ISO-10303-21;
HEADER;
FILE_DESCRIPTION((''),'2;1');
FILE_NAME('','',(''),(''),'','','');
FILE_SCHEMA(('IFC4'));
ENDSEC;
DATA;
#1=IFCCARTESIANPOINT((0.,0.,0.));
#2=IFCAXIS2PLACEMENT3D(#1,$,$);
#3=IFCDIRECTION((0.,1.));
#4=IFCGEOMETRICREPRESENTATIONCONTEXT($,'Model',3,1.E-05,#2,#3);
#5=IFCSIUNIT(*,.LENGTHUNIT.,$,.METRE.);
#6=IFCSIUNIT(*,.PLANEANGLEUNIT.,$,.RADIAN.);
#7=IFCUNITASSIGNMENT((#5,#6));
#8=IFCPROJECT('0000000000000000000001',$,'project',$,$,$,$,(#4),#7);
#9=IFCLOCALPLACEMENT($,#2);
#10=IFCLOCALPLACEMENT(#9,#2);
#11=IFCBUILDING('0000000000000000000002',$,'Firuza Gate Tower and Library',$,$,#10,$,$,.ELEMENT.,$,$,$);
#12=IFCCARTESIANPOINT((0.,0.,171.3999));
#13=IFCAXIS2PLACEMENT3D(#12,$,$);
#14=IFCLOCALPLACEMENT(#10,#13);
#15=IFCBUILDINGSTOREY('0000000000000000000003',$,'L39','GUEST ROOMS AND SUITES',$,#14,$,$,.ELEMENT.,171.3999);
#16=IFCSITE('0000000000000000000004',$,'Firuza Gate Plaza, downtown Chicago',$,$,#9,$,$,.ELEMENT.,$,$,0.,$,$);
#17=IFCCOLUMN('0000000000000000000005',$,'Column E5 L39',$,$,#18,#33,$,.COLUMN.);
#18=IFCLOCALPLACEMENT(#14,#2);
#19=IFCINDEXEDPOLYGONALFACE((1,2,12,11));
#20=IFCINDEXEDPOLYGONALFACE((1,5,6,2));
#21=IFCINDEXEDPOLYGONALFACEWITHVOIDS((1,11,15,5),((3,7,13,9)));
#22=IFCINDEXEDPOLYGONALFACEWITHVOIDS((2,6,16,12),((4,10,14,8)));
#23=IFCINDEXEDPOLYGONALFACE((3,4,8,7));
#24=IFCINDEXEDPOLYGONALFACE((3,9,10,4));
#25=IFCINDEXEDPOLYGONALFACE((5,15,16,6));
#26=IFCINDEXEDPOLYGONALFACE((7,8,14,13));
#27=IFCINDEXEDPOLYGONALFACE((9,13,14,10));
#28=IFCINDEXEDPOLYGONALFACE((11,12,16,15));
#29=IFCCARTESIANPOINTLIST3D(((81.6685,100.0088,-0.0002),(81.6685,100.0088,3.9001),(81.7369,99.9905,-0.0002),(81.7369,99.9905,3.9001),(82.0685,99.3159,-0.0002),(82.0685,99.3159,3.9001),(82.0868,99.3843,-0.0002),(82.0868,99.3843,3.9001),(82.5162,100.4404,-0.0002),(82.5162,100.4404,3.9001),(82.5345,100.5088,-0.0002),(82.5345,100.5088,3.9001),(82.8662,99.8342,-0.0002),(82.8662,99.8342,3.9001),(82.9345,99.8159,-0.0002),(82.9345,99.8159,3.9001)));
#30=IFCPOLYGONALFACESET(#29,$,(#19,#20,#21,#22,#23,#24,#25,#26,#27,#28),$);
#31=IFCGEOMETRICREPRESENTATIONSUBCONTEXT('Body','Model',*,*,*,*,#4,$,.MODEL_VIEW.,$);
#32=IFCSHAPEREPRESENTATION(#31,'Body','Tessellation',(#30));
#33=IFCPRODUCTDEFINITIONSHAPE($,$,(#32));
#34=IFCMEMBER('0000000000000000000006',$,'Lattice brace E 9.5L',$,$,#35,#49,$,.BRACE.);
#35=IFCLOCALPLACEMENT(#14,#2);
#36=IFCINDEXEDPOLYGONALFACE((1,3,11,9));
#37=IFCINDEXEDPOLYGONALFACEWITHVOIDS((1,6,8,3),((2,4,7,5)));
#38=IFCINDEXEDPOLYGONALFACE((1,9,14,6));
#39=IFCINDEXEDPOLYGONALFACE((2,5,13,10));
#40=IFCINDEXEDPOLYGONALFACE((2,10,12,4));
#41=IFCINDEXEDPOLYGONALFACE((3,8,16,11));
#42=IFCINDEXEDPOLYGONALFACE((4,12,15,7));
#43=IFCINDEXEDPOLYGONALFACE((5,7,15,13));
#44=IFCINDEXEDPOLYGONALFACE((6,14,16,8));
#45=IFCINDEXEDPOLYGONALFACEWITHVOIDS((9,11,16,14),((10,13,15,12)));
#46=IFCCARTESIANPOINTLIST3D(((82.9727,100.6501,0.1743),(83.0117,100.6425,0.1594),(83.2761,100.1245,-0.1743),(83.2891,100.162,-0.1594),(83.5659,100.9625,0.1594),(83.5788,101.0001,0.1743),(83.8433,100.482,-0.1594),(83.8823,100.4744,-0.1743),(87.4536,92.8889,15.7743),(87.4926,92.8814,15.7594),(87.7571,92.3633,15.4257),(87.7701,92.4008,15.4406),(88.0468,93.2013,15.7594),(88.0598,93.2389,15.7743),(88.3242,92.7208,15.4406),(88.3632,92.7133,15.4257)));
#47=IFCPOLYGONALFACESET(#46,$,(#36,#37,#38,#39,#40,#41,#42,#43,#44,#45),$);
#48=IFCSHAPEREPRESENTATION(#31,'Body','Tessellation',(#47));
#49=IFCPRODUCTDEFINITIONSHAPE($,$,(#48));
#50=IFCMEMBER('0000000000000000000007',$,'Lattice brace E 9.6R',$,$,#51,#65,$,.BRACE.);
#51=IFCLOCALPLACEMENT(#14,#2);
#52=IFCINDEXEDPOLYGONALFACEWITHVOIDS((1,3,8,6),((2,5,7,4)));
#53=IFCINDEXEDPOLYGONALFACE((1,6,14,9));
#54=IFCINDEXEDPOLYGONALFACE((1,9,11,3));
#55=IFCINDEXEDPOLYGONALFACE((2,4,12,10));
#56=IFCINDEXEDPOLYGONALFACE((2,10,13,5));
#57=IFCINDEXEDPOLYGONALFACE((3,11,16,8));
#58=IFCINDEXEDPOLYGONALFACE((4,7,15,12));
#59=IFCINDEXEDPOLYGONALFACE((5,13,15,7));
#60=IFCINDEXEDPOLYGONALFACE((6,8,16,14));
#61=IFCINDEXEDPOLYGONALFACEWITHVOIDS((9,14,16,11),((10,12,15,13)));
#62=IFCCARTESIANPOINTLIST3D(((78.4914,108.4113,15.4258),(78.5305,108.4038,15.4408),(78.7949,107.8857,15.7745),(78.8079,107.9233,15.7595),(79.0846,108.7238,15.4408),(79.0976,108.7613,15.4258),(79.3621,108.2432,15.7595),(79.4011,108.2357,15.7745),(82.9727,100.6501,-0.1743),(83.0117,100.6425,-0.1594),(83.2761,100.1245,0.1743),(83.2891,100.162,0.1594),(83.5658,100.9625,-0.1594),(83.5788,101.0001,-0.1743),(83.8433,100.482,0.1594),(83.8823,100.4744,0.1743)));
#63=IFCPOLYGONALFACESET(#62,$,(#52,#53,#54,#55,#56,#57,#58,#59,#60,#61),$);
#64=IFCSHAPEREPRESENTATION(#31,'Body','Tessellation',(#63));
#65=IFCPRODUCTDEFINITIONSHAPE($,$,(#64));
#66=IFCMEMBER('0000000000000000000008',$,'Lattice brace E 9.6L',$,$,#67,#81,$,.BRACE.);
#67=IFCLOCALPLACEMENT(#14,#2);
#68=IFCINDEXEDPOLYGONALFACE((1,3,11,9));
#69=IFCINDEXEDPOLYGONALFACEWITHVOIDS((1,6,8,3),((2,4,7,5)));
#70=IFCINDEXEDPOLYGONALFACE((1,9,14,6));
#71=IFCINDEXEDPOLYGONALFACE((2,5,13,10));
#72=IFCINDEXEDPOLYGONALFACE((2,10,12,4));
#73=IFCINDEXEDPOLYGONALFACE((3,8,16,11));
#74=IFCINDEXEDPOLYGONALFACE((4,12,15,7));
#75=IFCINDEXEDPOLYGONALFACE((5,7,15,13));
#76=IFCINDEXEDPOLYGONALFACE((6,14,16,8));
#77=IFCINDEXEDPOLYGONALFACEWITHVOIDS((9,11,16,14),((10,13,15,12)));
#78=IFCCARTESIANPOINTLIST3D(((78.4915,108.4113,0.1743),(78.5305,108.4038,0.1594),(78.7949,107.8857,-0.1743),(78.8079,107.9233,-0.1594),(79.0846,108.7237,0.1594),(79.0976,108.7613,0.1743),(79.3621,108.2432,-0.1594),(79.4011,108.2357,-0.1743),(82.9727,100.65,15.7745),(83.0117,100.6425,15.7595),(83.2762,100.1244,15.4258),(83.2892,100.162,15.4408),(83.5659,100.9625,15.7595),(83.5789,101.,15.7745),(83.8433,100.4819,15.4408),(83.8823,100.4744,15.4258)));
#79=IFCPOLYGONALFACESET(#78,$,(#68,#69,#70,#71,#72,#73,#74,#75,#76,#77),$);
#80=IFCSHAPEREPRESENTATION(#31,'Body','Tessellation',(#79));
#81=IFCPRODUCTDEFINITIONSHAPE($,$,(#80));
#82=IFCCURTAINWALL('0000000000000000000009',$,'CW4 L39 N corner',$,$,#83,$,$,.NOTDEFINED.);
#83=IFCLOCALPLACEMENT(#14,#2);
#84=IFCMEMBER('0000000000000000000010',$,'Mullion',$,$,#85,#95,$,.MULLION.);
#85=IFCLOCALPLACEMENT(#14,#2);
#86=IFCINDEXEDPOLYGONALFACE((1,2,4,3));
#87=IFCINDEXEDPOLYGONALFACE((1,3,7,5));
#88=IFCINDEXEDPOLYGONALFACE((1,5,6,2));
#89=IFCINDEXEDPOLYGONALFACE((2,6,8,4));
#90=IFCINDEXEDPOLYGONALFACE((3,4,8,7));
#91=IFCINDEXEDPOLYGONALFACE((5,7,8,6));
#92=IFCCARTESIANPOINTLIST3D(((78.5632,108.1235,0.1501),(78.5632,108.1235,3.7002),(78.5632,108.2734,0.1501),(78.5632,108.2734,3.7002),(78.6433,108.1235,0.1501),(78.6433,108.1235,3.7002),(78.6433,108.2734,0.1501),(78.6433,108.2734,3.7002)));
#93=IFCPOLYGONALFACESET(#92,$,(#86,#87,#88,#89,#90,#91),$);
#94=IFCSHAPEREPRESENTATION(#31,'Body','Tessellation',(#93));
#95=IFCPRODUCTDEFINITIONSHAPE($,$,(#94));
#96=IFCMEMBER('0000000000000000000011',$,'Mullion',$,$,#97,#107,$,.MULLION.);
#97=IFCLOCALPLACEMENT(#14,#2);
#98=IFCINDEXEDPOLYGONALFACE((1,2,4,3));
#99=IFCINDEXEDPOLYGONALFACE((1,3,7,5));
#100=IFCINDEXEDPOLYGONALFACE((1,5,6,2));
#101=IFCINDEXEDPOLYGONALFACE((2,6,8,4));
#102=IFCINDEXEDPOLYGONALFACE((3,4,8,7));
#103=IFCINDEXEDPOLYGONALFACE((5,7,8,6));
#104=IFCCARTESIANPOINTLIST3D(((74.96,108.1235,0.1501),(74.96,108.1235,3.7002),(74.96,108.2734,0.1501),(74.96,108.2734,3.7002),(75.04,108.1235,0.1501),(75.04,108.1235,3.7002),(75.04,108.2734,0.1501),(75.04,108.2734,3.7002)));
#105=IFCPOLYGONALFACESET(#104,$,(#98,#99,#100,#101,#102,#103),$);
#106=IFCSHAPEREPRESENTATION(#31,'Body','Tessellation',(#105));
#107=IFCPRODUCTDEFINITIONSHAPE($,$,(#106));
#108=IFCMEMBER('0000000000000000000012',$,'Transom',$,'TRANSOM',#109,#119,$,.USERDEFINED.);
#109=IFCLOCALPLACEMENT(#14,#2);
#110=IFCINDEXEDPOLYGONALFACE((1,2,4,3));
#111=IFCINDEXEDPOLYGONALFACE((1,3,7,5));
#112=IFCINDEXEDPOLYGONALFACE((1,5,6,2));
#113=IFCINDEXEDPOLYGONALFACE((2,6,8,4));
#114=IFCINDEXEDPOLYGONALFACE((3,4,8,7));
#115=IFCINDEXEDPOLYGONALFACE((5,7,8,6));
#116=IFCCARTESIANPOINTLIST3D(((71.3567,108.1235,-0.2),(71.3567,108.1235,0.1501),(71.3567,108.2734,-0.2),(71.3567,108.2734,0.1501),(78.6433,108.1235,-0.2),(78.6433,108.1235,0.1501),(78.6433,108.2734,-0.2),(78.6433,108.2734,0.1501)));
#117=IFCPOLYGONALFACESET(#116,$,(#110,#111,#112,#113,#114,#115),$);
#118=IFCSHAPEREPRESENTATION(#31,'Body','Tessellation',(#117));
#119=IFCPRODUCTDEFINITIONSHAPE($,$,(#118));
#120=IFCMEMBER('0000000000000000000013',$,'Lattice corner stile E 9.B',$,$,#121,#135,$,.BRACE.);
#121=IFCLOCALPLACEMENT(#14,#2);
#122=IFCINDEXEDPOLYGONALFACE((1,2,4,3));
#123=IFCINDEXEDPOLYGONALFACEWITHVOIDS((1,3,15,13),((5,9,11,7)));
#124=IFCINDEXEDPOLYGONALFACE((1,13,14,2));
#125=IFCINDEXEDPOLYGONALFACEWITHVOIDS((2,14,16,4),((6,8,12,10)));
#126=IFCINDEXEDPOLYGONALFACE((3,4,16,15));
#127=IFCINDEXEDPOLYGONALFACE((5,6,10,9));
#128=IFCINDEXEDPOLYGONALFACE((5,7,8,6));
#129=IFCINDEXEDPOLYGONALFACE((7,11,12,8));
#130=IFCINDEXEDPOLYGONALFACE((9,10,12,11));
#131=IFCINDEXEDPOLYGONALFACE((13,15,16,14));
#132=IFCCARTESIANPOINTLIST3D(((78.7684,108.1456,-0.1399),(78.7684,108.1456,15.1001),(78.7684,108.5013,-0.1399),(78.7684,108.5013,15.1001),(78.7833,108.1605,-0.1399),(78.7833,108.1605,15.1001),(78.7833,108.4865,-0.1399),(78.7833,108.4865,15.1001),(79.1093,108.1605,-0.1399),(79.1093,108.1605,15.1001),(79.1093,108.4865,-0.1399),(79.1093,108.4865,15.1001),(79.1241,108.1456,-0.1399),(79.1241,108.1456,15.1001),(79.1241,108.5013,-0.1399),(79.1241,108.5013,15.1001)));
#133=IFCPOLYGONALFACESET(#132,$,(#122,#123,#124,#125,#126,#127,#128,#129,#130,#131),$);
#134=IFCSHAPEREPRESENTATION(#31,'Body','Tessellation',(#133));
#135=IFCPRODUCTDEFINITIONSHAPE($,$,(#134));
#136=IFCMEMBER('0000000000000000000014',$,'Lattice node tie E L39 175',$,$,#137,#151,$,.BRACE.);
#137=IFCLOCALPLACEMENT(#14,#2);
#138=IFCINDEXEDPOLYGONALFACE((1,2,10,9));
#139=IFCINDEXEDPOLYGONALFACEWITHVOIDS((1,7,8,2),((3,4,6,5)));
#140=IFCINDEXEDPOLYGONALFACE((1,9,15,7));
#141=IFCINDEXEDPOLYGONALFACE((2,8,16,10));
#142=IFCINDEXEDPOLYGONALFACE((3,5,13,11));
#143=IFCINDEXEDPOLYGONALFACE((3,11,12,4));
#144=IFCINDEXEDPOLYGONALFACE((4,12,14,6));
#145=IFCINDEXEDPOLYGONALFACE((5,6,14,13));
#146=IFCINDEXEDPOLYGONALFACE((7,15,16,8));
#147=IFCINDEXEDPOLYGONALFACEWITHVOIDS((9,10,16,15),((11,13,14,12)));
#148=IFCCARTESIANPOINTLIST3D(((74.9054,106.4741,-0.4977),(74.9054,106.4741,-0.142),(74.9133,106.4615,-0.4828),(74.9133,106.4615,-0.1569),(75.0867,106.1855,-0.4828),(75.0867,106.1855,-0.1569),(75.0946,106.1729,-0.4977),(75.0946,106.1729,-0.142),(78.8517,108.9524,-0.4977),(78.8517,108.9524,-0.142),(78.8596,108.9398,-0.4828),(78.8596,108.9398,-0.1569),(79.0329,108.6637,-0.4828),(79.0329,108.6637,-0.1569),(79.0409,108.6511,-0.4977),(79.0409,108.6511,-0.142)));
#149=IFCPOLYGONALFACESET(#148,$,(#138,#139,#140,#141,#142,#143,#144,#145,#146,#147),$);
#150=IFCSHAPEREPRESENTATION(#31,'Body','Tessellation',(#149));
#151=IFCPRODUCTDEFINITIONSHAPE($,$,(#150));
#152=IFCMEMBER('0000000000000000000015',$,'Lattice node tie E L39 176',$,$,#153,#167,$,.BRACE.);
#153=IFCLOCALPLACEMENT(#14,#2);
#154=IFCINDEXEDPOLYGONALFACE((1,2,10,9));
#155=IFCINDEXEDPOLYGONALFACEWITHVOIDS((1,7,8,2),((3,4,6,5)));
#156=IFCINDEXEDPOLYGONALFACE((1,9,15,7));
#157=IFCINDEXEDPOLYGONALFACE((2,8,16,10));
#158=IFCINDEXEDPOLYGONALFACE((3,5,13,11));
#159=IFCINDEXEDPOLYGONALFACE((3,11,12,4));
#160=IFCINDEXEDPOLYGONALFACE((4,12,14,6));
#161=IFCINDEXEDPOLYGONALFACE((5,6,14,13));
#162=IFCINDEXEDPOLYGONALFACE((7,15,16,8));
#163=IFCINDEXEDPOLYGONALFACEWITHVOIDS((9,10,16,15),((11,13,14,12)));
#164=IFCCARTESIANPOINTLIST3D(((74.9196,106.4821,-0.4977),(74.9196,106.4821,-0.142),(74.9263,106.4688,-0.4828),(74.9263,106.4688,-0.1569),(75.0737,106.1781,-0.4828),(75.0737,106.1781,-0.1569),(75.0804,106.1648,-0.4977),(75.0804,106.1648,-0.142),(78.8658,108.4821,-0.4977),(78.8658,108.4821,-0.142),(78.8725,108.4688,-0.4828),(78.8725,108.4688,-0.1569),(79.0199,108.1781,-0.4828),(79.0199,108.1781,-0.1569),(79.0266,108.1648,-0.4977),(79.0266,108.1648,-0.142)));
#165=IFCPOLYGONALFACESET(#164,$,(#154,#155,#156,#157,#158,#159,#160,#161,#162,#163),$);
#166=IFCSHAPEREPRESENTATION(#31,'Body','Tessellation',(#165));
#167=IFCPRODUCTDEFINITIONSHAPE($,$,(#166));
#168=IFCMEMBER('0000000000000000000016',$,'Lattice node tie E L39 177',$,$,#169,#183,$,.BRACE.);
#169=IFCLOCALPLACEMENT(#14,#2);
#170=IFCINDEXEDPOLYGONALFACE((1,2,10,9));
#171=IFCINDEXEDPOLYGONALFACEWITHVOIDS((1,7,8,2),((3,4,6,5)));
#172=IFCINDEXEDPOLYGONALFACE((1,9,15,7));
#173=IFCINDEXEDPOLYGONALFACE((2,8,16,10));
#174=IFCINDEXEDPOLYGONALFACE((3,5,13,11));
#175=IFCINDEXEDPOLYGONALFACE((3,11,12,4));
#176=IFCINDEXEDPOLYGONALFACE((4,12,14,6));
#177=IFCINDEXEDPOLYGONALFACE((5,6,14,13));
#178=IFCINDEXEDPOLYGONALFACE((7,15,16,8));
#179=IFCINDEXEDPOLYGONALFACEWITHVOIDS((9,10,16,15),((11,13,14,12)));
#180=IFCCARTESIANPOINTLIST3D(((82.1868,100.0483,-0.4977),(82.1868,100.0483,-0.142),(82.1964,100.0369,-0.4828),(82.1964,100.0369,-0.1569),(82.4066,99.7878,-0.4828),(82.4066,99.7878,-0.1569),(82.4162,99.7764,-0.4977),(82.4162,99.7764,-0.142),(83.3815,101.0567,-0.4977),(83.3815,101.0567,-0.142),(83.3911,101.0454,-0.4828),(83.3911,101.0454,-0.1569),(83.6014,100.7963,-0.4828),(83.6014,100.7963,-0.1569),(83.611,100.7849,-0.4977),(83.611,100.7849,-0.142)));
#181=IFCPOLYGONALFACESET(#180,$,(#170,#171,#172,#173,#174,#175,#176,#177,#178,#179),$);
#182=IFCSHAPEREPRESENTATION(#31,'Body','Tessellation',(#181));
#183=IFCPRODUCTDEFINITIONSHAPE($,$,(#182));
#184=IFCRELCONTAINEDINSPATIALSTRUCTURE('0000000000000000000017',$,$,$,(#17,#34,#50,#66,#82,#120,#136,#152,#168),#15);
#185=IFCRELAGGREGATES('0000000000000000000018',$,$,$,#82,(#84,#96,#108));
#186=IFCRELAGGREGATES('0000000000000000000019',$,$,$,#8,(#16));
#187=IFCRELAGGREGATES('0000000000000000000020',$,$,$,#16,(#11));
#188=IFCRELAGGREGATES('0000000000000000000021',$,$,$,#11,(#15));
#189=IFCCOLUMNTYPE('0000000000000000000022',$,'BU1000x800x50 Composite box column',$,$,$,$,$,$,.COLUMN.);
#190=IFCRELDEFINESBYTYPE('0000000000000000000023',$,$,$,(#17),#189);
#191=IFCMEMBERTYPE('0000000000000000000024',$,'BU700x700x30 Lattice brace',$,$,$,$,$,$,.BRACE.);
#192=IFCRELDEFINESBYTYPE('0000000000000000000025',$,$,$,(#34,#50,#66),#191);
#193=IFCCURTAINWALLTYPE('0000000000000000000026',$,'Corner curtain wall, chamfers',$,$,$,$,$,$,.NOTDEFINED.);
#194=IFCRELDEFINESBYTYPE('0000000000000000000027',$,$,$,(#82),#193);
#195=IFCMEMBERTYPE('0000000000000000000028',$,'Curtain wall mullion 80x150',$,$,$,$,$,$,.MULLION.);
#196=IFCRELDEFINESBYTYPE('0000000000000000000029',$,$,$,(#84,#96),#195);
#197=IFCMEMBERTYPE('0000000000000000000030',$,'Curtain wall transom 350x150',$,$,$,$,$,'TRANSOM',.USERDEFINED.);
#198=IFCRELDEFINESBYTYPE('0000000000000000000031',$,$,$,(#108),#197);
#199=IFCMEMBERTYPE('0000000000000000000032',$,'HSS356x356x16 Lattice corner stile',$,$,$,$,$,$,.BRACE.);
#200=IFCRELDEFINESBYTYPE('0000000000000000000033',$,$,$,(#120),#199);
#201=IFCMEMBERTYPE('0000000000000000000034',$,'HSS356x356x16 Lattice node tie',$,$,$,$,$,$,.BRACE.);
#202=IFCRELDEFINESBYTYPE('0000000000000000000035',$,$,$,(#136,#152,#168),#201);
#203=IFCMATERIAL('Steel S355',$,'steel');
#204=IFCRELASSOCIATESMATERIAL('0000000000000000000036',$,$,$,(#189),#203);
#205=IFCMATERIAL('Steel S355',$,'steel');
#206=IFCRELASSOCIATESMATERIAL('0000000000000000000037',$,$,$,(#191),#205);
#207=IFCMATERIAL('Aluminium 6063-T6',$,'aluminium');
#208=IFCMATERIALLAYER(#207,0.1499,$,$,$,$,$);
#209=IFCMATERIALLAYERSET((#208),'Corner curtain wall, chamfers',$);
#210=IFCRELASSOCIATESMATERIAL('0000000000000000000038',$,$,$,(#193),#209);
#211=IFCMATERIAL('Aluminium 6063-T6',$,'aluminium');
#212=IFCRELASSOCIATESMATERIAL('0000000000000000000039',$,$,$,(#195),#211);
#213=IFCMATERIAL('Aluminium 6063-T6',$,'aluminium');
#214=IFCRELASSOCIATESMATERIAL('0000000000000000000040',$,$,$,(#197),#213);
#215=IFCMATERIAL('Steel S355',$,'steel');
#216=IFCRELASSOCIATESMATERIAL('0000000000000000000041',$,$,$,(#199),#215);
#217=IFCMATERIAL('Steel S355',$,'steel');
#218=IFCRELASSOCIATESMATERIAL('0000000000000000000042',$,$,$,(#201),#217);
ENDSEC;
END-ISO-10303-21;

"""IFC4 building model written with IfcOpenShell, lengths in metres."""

from ifc_helpers import new_model, si_unit, direction, frame, origin, origin_2d, place, context, subcontext, project, spatial, rectangle, hollow_rectangle, extrude, material, layer, layer_set, material_profile, profile_set, type_object, element, aggregate, save


model = new_model("IFC4")

# Units and contexts
model_context = context("Model", 3, precision=1e-05, world=origin(), true_north=direction((0.0, 1.0)))
body_context = subcontext(model_context, "Body", "Model", "MODEL_VIEW")
ifc_project = project(units=[si_unit("LENGTHUNIT", "METRE"), si_unit("PLANEANGLEUNIT", "RADIAN")], contexts=[model_context])

# Site, building, storey
site_placement = place(None, origin())
site = spatial("IfcSite", under=ifc_project, at=site_placement, Name="Firuza Gate Plaza, downtown Chicago", CompositionType="ELEMENT", RefElevation=0.0)
building_placement = place(site_placement, origin())
building = spatial("IfcBuilding", under=site, at=building_placement, Name="Firuza Gate Tower and Library", CompositionType="ELEMENT")
storey_placement = place(building_placement, frame((0.0, 0.0, 171.3999)))
storey = spatial("IfcBuildingStorey", under=building, at=storey_placement, Name="L39", Description="GUEST ROOMS AND SUITES", CompositionType="ELEMENT", Elevation=171.3999)

# Column
ifc_material_1 = material(Name="Steel S355", Category="steel")
ifc_material_profile_1 = material_profile(ifc_material_1, hollow_rectangle(XDim=0.8, YDim=1.0, WallThickness=0.05, at=origin_2d()))
ifc_profile_set_1 = profile_set([ifc_material_profile_1], Name="Steel S355")
column_type = type_object("IfcColumnType", Name="BU1000x800x50 Composite box column", PredefinedType="COLUMN", material=ifc_profile_set_1)
column_placement = place(storey_placement, frame((82.3015, 99.9124, -0.0002), z_axis=(0.0, 0.0, 1.0), x_axis=(-0.5, 0.866025, 0.0)))
element("IfcColumn", 1, at=column_placement, inside=storey, type_object=column_type, Name="Column E5 L39", PredefinedType="COLUMN", context=body_context, shape_type="SweptSolid", body=[
    extrude(hollow_rectangle(XDim=0.8, YDim=1.0, WallThickness=0.05, at=origin_2d()), origin(), (0.0, 0.0, 1.0), 3.9004),
])

# Members
ifc_material_2 = material(Name="Steel S355", Category="steel")
ifc_material_profile_2 = material_profile(ifc_material_2, hollow_rectangle(XDim=0.7, YDim=0.7, WallThickness=0.03, at=origin_2d()))
ifc_profile_set_2 = profile_set([ifc_material_profile_2], Name="Steel S355")
member_type_1 = type_object("IfcMemberType", Name="BU700x700x30 Lattice brace", PredefinedType="BRACE", material=ifc_profile_set_2)
member_1_placement = place(storey_placement, frame((83.4275, 100.5623, 0.0), z_axis=(0.249066, -0.431393, 0.867102), x_axis=(0.866025, 0.500001, 0.0)))
element("IfcMember", 2, at=member_1_placement, inside=storey, type_object=member_type_1, Name="Lattice brace E 9.5L", PredefinedType="BRACE", context=body_context, shape_type="SweptSolid", body=[
    extrude(hollow_rectangle(XDim=0.7, YDim=0.7, WallThickness=0.03, at=origin_2d()), origin(), (0.0, 0.0, 1.0), 17.991),
])
for number, where, z_axis, x_axis, name in (
    (3, (83.4275, 100.5623, 0.0), (-0.249078, 0.431392, 0.867099), (-0.866013, -0.500021, 0.0), "Lattice brace E 9.6R"),
    (4, (78.9463, 108.3235, 0.0), (0.249078, -0.431392, 0.867099), (0.866013, 0.500021, 0.0), "Lattice brace E 9.6L"),
):
    element("IfcMember", number, at=place(storey_placement, frame(where, z_axis=z_axis, x_axis=x_axis)), inside=storey, type_object=member_type_1, Name=name, PredefinedType="BRACE", context=body_context, shape_type="SweptSolid", body=[
        extrude(hollow_rectangle(XDim=0.7, YDim=0.7, WallThickness=0.03, at=origin_2d()), origin(), (0.0, 0.0, 1.0), 17.9912),
    ])

# Curtain wall, members
ifc_material_3 = material(Name="Aluminium 6063-T6", Category="aluminium")
ifc_layer_1 = layer(ifc_material_3, 0.1499)
ifc_layer_set_1 = layer_set([ifc_layer_1], Name="Corner curtain wall, chamfers")
curtain_wall_type = type_object("IfcCurtainWallType", Name="Corner curtain wall, chamfers", PredefinedType="NOTDEFINED", material=ifc_layer_set_1)
curtain_wall_placement = place(storey_placement, origin())
curtain_wall = element("IfcCurtainWall", 5, at=curtain_wall_placement, inside=storey, type_object=curtain_wall_type, Name="CW4 L39 N corner", PredefinedType="NOTDEFINED")
ifc_material_4 = material(Name="Aluminium 6063-T6", Category="aluminium")
ifc_material_profile_3 = material_profile(ifc_material_4, rectangle(XDim=0.1499, YDim=0.0801, at=origin_2d()))
ifc_profile_set_3 = profile_set([ifc_material_profile_3], Name="Aluminium 6063-T6")
member_type_2 = type_object("IfcMemberType", Name="Curtain wall mullion 80x150", PredefinedType="MULLION", material=ifc_profile_set_3)
member_2_placement = place(storey_placement, frame((78.6033, 108.1985, 0.1501), z_axis=(0.0, 0.0, 1.0), x_axis=(0.0, -1.0, 0.0)))
member_2 = element("IfcMember", 6, at=member_2_placement, type_object=member_type_2, Name="Mullion", PredefinedType="MULLION", context=body_context, shape_type="SweptSolid", body=[
    extrude(rectangle(XDim=0.1499, YDim=0.0801, at=origin_2d()), origin(), (0.0, 0.0, 1.0), 3.55),
])
member_3_placement = place(storey_placement, frame((75.0, 108.1985, 0.1501), z_axis=(0.0, 0.0, 1.0), x_axis=(0.0, -1.0, 0.0)))
member_3 = element("IfcMember", 7, at=member_3_placement, type_object=member_type_2, Name="Mullion", PredefinedType="MULLION", context=body_context, shape_type="SweptSolid", body=[
    extrude(rectangle(XDim=0.1499, YDim=0.0801, at=origin_2d()), origin(), (0.0, 0.0, 1.0), 3.55),
])
ifc_material_5 = material(Name="Aluminium 6063-T6", Category="aluminium")
ifc_material_profile_4 = material_profile(ifc_material_5, rectangle(XDim=0.1499, YDim=0.3501, at=origin_2d()))
ifc_profile_set_4 = profile_set([ifc_material_profile_4], Name="Aluminium 6063-T6")
member_type_3 = type_object("IfcMemberType", Name="Curtain wall transom 350x150", ElementType="TRANSOM", PredefinedType="USERDEFINED", material=ifc_profile_set_4)
member_4_placement = place(storey_placement, frame((78.6433, 108.1985, -0.0249), z_axis=(-1.0, 0.0, 0.0), x_axis=(0.0, -1.0, 0.0)))
member_4 = element("IfcMember", 8, at=member_4_placement, type_object=member_type_3, Name="Transom", ObjectType="TRANSOM", PredefinedType="USERDEFINED", context=body_context, shape_type="SweptSolid", body=[
    extrude(rectangle(XDim=0.1499, YDim=0.3501, at=origin_2d()), origin(), (0.0, 0.0, 1.0), 7.2866),
])

# Members
ifc_material_6 = material(Name="Steel S355", Category="steel")
ifc_material_profile_5 = material_profile(ifc_material_6, hollow_rectangle(XDim=0.3557, YDim=0.3557, WallThickness=0.0149, at=origin_2d()))
ifc_profile_set_5 = profile_set([ifc_material_profile_5], Name="Steel S355")
member_type_4 = type_object("IfcMemberType", Name="HSS356x356x16 Lattice corner stile", PredefinedType="BRACE", material=ifc_profile_set_5)
member_5_placement = place(storey_placement, frame((78.9463, 108.3235, -0.1399), z_axis=(0.0, 0.0, 1.0), x_axis=(1.0, 0.0, 0.0)))
element("IfcMember", 9, at=member_5_placement, inside=storey, type_object=member_type_4, Name="Lattice corner stile E 9.B", PredefinedType="BRACE", context=body_context, shape_type="SweptSolid", body=[
    extrude(hollow_rectangle(XDim=0.3557, YDim=0.3557, WallThickness=0.0149, at=origin_2d()), origin(), (0.0, 0.0, 1.0), 15.24),
])
ifc_material_7 = material(Name="Steel S355", Category="steel")
ifc_material_profile_6 = material_profile(ifc_material_7, hollow_rectangle(XDim=0.3557, YDim=0.3557, WallThickness=0.0149, at=origin_2d()))
ifc_profile_set_6 = profile_set([ifc_material_profile_6], Name="Steel S355")
member_type_5 = type_object("IfcMemberType", Name="HSS356x356x16 Lattice node tie", PredefinedType="BRACE", material=ifc_profile_set_6)
member_6_placement = place(storey_placement, frame((75.0, 106.3235, -0.3198), z_axis=(0.846854, 0.531825, 0.0), x_axis=(-0.531825, 0.846854, 0.0)))
element("IfcMember", 10, at=member_6_placement, inside=storey, type_object=member_type_5, Name="Lattice node tie E L39 175", PredefinedType="BRACE", context=body_context, shape_type="SweptSolid", body=[
    extrude(hollow_rectangle(XDim=0.3557, YDim=0.3557, WallThickness=0.0149, at=origin_2d()), origin(), (0.0, 0.0, 1.0), 4.6599),
])
member_7_placement = place(storey_placement, frame((75.0, 106.3235, -0.3198), z_axis=(0.891986, 0.452063, 0.0), x_axis=(-0.452063, 0.891986, 0.0)))
element("IfcMember", 11, at=member_7_placement, inside=storey, type_object=member_type_5, Name="Lattice node tie E L39 176", PredefinedType="BRACE", context=body_context, shape_type="SweptSolid", body=[
    extrude(hollow_rectangle(XDim=0.3557, YDim=0.3557, WallThickness=0.0149, at=origin_2d()), origin(), (0.0, 0.0, 1.0), 4.4241),
])
member_8_placement = place(storey_placement, frame((82.3015, 99.9124, -0.3198), z_axis=(0.764162, 0.645025, 0.0), x_axis=(-0.645025, 0.764162, 0.0)))
element("IfcMember", 12, at=member_8_placement, inside=storey, type_object=member_type_5, Name="Lattice node tie E L39 177", PredefinedType="BRACE", context=body_context, shape_type="SweptSolid", body=[
    extrude(hollow_rectangle(XDim=0.3557, YDim=0.3557, WallThickness=0.0149, at=origin_2d()), origin(), (0.0, 0.0, 1.0), 1.5635),
])

aggregate(curtain_wall, [member_2, member_3, member_4])

save(model, "model.ifc")
